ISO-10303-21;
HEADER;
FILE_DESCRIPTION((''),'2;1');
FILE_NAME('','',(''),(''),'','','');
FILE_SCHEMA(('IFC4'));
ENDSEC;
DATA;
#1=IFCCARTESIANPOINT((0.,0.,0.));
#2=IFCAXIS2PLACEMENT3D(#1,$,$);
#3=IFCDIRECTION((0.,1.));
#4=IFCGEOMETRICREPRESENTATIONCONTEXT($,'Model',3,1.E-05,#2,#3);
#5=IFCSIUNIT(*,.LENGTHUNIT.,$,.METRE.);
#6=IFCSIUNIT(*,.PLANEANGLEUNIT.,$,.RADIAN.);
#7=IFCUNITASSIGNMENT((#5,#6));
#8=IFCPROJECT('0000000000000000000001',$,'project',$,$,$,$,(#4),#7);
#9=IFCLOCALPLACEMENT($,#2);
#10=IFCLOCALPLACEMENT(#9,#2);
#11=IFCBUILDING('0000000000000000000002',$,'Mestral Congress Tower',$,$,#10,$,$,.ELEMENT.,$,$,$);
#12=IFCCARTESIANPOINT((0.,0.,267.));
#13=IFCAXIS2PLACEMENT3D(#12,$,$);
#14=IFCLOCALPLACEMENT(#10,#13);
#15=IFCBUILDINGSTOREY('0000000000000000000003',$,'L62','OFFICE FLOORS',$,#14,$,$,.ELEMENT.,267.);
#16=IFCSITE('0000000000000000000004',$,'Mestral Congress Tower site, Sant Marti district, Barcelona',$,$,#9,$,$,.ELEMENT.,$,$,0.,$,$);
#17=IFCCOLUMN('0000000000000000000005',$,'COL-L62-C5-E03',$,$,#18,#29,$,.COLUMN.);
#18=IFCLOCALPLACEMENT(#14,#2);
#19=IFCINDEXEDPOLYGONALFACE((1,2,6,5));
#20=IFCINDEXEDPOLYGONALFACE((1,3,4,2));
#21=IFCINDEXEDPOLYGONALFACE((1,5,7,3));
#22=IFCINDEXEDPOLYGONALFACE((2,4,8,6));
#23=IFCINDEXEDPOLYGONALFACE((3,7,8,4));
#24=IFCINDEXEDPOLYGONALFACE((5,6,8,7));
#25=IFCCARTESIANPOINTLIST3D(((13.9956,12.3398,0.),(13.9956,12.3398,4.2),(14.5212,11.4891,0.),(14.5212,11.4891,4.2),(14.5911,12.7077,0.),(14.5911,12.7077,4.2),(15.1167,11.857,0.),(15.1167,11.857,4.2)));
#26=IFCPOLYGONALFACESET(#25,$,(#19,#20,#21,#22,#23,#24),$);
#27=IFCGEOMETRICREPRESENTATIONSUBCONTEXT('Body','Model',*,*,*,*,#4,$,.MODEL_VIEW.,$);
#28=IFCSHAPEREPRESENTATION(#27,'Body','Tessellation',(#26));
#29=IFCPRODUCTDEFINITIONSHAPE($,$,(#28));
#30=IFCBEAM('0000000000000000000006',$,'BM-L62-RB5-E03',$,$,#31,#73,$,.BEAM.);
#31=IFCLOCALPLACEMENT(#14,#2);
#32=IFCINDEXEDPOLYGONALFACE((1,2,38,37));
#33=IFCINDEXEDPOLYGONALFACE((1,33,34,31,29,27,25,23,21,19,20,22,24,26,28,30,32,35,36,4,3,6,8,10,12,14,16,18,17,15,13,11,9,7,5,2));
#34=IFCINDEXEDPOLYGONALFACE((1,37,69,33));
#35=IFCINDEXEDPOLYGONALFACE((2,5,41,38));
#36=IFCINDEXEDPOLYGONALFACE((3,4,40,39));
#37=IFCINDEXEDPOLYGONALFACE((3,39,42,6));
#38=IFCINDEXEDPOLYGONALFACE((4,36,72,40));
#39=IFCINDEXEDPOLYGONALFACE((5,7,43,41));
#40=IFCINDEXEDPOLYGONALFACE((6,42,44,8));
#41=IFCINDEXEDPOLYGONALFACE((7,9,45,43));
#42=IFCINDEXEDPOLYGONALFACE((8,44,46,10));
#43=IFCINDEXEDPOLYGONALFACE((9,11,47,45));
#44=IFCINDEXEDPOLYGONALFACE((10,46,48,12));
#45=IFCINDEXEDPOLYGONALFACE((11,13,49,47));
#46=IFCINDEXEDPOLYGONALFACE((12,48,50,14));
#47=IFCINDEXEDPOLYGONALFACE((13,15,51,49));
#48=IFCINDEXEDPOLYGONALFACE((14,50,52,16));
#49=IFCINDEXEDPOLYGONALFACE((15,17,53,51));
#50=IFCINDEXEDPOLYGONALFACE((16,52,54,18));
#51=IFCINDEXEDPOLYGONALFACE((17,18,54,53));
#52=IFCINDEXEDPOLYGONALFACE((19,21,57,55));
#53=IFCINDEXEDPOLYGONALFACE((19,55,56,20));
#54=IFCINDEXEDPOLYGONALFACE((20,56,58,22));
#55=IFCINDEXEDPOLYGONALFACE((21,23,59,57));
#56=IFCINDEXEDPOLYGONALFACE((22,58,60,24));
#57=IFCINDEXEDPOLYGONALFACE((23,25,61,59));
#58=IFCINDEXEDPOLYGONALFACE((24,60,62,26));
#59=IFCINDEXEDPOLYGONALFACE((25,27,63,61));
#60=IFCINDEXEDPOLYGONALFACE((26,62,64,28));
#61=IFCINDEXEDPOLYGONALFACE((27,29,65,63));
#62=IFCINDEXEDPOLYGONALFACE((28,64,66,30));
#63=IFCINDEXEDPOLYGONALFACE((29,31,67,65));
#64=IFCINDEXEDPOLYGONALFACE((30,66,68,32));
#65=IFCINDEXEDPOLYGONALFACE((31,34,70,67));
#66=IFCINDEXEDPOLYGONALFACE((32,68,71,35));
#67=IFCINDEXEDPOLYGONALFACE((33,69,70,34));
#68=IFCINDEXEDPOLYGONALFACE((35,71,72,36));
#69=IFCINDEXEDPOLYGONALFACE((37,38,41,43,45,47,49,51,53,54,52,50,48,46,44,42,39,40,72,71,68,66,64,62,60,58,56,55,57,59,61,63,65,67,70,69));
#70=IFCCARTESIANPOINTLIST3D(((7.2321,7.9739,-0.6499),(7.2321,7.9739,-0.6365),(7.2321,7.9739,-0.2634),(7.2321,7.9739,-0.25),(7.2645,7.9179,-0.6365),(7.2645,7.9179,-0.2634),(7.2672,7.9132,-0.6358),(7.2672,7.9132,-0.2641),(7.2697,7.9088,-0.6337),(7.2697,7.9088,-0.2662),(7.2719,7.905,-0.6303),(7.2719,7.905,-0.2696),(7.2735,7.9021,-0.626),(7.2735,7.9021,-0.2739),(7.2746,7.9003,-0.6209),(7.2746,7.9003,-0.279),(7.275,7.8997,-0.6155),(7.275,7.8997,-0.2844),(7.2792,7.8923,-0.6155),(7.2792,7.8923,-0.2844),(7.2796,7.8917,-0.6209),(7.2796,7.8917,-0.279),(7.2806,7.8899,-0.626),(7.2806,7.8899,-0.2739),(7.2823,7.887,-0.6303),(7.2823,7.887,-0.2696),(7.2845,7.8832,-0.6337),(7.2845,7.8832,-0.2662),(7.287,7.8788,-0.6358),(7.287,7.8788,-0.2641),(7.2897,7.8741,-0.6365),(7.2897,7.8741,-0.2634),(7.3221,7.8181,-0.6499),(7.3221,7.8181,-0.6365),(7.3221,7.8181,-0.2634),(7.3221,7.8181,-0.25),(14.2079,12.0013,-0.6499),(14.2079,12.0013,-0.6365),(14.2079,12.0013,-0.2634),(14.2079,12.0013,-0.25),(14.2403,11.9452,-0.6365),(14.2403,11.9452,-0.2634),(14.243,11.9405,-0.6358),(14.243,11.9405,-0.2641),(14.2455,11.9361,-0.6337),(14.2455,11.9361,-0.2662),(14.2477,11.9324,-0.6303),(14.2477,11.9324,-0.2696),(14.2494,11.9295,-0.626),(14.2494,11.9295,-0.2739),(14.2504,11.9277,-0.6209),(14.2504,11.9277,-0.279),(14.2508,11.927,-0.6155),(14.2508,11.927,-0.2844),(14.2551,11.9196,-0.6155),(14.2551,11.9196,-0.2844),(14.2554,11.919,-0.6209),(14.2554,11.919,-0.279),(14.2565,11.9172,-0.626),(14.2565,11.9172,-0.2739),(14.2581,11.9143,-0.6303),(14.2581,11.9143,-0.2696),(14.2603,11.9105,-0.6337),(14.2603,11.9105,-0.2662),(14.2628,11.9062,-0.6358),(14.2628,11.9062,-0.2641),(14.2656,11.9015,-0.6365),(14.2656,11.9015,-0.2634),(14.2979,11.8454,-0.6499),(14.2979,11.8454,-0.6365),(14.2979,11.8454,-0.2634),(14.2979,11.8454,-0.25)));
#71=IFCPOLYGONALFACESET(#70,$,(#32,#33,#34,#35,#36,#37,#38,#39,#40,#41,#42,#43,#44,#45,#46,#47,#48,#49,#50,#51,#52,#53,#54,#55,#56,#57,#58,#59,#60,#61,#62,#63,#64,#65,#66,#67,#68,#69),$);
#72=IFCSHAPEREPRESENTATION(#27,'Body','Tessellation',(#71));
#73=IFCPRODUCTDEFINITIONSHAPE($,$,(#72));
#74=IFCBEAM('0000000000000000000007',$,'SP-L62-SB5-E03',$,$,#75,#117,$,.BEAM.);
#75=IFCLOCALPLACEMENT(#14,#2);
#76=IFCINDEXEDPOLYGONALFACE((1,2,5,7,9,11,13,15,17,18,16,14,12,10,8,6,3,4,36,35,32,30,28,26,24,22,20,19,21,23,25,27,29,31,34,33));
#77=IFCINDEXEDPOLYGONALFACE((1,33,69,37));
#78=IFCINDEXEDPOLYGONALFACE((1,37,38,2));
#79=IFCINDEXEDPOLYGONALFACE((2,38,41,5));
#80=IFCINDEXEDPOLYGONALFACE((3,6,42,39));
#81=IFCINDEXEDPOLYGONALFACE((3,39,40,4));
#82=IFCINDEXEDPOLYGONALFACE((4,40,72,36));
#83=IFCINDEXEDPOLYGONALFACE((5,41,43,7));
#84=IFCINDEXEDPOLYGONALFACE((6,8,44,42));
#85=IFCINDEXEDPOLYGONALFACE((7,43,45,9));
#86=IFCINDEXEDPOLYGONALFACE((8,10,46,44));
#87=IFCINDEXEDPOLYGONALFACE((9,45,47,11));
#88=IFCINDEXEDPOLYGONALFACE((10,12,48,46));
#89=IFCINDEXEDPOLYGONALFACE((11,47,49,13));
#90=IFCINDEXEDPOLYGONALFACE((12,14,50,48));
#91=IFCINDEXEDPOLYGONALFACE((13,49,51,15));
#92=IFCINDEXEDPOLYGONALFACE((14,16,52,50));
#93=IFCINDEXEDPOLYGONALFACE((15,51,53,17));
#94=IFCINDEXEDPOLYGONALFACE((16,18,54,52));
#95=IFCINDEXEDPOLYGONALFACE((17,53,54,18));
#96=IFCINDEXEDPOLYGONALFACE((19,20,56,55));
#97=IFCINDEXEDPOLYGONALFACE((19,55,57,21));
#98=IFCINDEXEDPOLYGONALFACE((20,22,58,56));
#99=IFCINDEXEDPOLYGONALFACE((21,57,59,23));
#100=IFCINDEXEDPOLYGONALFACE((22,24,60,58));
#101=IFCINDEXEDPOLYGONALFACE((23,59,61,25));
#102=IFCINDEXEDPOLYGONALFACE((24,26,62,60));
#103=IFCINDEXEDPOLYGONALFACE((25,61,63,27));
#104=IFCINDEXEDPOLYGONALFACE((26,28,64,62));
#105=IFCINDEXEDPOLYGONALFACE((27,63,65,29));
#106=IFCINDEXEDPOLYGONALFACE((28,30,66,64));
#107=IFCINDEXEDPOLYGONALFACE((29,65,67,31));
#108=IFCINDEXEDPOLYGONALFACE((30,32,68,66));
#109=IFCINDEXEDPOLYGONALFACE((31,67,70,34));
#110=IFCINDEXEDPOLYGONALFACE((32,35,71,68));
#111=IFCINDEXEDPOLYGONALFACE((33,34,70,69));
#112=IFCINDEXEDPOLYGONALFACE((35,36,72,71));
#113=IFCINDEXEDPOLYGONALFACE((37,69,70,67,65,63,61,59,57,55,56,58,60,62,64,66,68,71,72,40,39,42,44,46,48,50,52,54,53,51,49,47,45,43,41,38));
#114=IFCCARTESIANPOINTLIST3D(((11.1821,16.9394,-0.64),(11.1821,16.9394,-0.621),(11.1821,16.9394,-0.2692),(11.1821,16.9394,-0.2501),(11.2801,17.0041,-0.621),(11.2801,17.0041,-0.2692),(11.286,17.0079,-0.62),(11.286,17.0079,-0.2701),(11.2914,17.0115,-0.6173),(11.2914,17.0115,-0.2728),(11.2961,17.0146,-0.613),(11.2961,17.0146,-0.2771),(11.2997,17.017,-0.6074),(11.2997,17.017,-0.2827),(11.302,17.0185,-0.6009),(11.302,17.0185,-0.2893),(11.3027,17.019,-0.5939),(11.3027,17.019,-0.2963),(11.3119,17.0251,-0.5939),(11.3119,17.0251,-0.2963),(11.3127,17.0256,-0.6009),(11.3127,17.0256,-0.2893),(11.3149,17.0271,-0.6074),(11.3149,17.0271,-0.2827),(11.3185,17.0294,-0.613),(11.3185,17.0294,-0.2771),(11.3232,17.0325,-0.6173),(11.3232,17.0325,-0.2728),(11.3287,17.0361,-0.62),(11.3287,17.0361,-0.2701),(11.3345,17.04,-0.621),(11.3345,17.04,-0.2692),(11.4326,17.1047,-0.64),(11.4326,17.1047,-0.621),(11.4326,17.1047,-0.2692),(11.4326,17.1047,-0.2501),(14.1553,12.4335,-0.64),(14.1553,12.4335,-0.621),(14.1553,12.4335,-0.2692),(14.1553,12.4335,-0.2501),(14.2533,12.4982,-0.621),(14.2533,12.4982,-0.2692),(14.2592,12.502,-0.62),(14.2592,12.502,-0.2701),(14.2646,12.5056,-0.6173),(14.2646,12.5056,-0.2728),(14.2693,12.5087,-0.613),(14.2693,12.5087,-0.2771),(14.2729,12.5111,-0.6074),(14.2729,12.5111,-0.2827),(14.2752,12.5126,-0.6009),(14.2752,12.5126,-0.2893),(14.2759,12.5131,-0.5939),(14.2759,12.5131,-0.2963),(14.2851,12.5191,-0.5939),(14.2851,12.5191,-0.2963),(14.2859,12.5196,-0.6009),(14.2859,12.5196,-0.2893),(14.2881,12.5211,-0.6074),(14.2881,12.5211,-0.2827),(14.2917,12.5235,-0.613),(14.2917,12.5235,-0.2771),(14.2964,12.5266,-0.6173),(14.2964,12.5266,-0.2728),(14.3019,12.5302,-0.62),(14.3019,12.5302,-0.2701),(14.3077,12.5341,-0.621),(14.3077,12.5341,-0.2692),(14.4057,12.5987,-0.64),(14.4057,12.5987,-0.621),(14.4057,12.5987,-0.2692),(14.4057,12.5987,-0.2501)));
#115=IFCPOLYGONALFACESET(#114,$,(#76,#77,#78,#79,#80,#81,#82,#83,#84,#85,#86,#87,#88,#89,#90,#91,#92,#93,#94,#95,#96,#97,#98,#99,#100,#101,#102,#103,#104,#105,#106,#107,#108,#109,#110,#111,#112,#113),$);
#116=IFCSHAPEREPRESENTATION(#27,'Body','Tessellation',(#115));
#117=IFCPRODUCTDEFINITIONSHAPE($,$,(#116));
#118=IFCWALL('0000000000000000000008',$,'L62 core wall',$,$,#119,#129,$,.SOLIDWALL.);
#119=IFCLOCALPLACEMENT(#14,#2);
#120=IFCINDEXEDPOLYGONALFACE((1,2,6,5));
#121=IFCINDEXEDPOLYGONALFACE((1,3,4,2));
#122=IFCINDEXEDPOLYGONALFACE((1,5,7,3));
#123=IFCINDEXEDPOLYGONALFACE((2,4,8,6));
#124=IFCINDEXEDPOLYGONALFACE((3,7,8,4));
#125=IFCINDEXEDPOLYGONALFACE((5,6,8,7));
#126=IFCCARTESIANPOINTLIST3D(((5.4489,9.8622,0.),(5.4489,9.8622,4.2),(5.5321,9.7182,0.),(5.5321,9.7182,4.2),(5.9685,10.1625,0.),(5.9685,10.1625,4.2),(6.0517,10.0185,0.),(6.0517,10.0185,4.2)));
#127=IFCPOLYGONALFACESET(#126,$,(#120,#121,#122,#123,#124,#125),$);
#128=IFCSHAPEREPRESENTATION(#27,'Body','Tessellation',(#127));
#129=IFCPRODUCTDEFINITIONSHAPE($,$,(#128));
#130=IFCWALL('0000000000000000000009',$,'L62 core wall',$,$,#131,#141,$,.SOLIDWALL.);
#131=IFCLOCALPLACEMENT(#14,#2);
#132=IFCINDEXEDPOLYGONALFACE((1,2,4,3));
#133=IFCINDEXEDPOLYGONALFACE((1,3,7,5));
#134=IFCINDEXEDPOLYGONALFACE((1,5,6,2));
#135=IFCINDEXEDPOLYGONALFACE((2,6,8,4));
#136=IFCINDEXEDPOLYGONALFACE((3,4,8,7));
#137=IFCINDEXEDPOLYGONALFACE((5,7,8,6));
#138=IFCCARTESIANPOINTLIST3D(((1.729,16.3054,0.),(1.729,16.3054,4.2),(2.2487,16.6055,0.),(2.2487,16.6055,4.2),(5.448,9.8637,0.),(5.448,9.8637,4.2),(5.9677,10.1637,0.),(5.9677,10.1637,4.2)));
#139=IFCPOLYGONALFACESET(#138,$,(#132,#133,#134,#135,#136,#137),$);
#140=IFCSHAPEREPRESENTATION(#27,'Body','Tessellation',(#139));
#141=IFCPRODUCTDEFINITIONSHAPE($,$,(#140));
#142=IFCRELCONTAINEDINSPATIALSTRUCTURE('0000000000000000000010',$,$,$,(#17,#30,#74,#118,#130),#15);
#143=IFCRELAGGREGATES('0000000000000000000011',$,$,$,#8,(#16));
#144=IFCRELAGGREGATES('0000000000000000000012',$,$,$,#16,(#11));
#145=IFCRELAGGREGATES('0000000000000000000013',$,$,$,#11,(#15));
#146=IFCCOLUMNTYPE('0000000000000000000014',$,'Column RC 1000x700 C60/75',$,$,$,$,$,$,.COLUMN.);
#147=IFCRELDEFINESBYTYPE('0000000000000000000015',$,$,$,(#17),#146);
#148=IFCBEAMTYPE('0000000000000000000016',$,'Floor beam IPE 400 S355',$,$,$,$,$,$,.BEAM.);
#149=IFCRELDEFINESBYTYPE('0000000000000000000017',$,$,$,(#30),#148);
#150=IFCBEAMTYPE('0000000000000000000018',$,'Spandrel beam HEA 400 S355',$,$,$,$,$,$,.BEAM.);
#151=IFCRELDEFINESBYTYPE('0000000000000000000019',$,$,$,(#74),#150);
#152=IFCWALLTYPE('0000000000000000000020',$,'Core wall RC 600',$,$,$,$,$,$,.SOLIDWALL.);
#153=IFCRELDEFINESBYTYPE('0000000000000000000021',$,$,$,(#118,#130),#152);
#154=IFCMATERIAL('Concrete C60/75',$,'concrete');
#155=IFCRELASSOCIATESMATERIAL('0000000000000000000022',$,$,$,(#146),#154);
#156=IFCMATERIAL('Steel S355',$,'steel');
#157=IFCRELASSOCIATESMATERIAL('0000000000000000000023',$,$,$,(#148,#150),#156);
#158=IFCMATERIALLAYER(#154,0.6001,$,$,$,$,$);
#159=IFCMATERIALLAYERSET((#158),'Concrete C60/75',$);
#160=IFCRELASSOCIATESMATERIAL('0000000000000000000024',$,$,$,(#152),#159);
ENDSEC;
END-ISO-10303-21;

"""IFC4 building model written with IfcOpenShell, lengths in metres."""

from ifc_helpers import new_model, si_unit, direction, frame, frame_2d, origin, origin_2d, place, context, subcontext, project, spatial, rectangle, i_section, extrude, material, layer, layer_set, material_profile, profile_set, type_object, element, save


model = new_model("IFC4")

# Units and contexts
model_context = context("Model", 3, precision=1e-05, world=origin(), true_north=direction((0.0, 1.0)))
body_context = subcontext(model_context, "Body", "Model", "MODEL_VIEW")
ifc_project = project(units=[si_unit("LENGTHUNIT", "METRE"), si_unit("PLANEANGLEUNIT", "RADIAN")], contexts=[model_context])

# Site, building, storey
site_placement = place(None, origin())
site = spatial("IfcSite", under=ifc_project, at=site_placement, Name="Mestral Congress Tower site, Sant Marti district, Barcelona", CompositionType="ELEMENT", RefElevation=0.0)
building_placement = place(site_placement, origin())
building = spatial("IfcBuilding", under=site, at=building_placement, Name="Mestral Congress Tower", CompositionType="ELEMENT")
storey_placement = place(building_placement, frame((0.0, 0.0, 267.0)))
storey = spatial("IfcBuildingStorey", under=building, at=storey_placement, Name="L62", Description="OFFICE FLOORS", CompositionType="ELEMENT", Elevation=267.0)

# Column
ifc_material_1 = material(Name="Concrete C60/75", Category="concrete")
ifc_material_profile_1 = material_profile(ifc_material_1, rectangle(XDim=1.0, YDim=0.7, at=origin_2d()), Name="RC 1000x700")
ifc_profile_set_1 = profile_set([ifc_material_profile_1], Name="Concrete C60/75")
column_type = type_object("IfcColumnType", Name="Column RC 1000x700 C60/75", PredefinedType="COLUMN", material=ifc_profile_set_1)
column_placement = place(storey_placement, frame((14.5562, 12.0984, 0.0), z_axis=(0.0, 0.0, 1.0), x_axis=(-0.52561, 0.850726, 0.0)))
element("IfcColumn", 1, at=column_placement, inside=storey, type_object=column_type, Name="COL-L62-C5-E03", PredefinedType="COLUMN", context=body_context, shape_type="SweptSolid", body=[
    extrude(rectangle(XDim=1.0, YDim=0.7, at=origin_2d()), origin(), (0.0, 0.0, 1.0), 4.2),
])

# Beams
ifc_material_2 = material(Name="Steel S355", Category="steel")
ifc_material_profile_2 = material_profile(ifc_material_2, i_section(OverallWidth=0.1799, OverallDepth=0.3999, WebThickness=0.0085, FlangeThickness=0.0134, FilletRadius=0.021, at=origin_2d()), Name="IPE 400")
ifc_profile_set_2 = profile_set([ifc_material_profile_2], Name="Steel S355")
beam_type_1 = type_object("IfcBeamType", Name="Floor beam IPE 400 S355", PredefinedType="BEAM", material=ifc_profile_set_2)
beam_1_placement = place(storey_placement, frame((14.2529, 11.9233, -0.45), z_axis=(-0.866034, -0.499986, 0.0), x_axis=(0.499986, -0.866034, 0.0)))
element("IfcBeam", 2, at=beam_1_placement, inside=storey, type_object=beam_type_1, Name="BM-L62-RB5-E03", PredefinedType="BEAM", context=body_context, shape_type="SweptSolid", body=[
    extrude(i_section(OverallWidth=0.1799, OverallDepth=0.3999, WebThickness=0.0085, FlangeThickness=0.0134, FilletRadius=0.021, at=origin_2d()), origin(), (0.0, 0.0, 1.0), 8.0549),
])
ifc_material_profile_3 = material_profile(ifc_material_2, i_section(OverallWidth=0.3, OverallDepth=0.3899, WebThickness=0.011, FlangeThickness=0.019, FilletRadius=0.0271, at=origin_2d()), Name="HEA 400")
ifc_profile_set_3 = profile_set([ifc_material_profile_3], Name="Steel S355")
beam_type_2 = type_object("IfcBeamType", Name="Spandrel beam HEA 400 S355", PredefinedType="BEAM", material=ifc_profile_set_3)
beam_2_placement = place(storey_placement, frame((14.2805, 12.5161, -0.4451), z_axis=(-0.550749, 0.834671, 0.0), x_axis=(-0.834671, -0.550749, 0.0)))
element("IfcBeam", 3, at=beam_2_placement, inside=storey, type_object=beam_type_2, Name="SP-L62-SB5-E03", PredefinedType="BEAM", context=body_context, shape_type="SweptSolid", body=[
    extrude(i_section(OverallWidth=0.3, OverallDepth=0.3899, WebThickness=0.011, FlangeThickness=0.019, FilletRadius=0.0271, at=origin_2d()), origin(), (0.0, 0.0, 1.0), 5.3984),
])

# Walls
ifc_layer_1 = layer(ifc_material_1, 0.6001)
ifc_layer_set_1 = layer_set([ifc_layer_1], Name="Concrete C60/75")
wall_type_1 = type_object("IfcWallType", Name="Core wall RC 600", PredefinedType="SOLIDWALL", material=ifc_layer_set_1)
wall_1_placement = place(storey_placement, frame((5.7087, 10.0122, 0.0), z_axis=(0.0, 0.0, 1.0), x_axis=(0.5004, -0.865794, 0.0)))
element("IfcWall", 4, at=wall_1_placement, inside=storey, type_object=wall_type_1, Name="L62 core wall", PredefinedType="SOLIDWALL", context=body_context, shape_type="SweptSolid", body=[
    extrude(rectangle(XDim=0.1663, YDim=0.6001, at=frame_2d((0.083, 0.0))), origin(), (0.0, 0.0, 1.0), 4.2),
])
wall_2_placement = place(storey_placement, frame((1.9888, 16.4556, 0.0), z_axis=(0.0, 0.0, 1.0), x_axis=(0.49999, -0.866031, 0.0)))
element("IfcWall", 5, at=wall_2_placement, inside=storey, type_object=wall_type_1, Name="L62 core wall", PredefinedType="SOLIDWALL", context=body_context, shape_type="SweptSolid", body=[
    extrude(rectangle(XDim=7.4382, YDim=0.6001, at=frame_2d((3.7192, 0.0))), origin(), (0.0, 0.0, 1.0), 4.2),
])

save(model, "model.ifc")
